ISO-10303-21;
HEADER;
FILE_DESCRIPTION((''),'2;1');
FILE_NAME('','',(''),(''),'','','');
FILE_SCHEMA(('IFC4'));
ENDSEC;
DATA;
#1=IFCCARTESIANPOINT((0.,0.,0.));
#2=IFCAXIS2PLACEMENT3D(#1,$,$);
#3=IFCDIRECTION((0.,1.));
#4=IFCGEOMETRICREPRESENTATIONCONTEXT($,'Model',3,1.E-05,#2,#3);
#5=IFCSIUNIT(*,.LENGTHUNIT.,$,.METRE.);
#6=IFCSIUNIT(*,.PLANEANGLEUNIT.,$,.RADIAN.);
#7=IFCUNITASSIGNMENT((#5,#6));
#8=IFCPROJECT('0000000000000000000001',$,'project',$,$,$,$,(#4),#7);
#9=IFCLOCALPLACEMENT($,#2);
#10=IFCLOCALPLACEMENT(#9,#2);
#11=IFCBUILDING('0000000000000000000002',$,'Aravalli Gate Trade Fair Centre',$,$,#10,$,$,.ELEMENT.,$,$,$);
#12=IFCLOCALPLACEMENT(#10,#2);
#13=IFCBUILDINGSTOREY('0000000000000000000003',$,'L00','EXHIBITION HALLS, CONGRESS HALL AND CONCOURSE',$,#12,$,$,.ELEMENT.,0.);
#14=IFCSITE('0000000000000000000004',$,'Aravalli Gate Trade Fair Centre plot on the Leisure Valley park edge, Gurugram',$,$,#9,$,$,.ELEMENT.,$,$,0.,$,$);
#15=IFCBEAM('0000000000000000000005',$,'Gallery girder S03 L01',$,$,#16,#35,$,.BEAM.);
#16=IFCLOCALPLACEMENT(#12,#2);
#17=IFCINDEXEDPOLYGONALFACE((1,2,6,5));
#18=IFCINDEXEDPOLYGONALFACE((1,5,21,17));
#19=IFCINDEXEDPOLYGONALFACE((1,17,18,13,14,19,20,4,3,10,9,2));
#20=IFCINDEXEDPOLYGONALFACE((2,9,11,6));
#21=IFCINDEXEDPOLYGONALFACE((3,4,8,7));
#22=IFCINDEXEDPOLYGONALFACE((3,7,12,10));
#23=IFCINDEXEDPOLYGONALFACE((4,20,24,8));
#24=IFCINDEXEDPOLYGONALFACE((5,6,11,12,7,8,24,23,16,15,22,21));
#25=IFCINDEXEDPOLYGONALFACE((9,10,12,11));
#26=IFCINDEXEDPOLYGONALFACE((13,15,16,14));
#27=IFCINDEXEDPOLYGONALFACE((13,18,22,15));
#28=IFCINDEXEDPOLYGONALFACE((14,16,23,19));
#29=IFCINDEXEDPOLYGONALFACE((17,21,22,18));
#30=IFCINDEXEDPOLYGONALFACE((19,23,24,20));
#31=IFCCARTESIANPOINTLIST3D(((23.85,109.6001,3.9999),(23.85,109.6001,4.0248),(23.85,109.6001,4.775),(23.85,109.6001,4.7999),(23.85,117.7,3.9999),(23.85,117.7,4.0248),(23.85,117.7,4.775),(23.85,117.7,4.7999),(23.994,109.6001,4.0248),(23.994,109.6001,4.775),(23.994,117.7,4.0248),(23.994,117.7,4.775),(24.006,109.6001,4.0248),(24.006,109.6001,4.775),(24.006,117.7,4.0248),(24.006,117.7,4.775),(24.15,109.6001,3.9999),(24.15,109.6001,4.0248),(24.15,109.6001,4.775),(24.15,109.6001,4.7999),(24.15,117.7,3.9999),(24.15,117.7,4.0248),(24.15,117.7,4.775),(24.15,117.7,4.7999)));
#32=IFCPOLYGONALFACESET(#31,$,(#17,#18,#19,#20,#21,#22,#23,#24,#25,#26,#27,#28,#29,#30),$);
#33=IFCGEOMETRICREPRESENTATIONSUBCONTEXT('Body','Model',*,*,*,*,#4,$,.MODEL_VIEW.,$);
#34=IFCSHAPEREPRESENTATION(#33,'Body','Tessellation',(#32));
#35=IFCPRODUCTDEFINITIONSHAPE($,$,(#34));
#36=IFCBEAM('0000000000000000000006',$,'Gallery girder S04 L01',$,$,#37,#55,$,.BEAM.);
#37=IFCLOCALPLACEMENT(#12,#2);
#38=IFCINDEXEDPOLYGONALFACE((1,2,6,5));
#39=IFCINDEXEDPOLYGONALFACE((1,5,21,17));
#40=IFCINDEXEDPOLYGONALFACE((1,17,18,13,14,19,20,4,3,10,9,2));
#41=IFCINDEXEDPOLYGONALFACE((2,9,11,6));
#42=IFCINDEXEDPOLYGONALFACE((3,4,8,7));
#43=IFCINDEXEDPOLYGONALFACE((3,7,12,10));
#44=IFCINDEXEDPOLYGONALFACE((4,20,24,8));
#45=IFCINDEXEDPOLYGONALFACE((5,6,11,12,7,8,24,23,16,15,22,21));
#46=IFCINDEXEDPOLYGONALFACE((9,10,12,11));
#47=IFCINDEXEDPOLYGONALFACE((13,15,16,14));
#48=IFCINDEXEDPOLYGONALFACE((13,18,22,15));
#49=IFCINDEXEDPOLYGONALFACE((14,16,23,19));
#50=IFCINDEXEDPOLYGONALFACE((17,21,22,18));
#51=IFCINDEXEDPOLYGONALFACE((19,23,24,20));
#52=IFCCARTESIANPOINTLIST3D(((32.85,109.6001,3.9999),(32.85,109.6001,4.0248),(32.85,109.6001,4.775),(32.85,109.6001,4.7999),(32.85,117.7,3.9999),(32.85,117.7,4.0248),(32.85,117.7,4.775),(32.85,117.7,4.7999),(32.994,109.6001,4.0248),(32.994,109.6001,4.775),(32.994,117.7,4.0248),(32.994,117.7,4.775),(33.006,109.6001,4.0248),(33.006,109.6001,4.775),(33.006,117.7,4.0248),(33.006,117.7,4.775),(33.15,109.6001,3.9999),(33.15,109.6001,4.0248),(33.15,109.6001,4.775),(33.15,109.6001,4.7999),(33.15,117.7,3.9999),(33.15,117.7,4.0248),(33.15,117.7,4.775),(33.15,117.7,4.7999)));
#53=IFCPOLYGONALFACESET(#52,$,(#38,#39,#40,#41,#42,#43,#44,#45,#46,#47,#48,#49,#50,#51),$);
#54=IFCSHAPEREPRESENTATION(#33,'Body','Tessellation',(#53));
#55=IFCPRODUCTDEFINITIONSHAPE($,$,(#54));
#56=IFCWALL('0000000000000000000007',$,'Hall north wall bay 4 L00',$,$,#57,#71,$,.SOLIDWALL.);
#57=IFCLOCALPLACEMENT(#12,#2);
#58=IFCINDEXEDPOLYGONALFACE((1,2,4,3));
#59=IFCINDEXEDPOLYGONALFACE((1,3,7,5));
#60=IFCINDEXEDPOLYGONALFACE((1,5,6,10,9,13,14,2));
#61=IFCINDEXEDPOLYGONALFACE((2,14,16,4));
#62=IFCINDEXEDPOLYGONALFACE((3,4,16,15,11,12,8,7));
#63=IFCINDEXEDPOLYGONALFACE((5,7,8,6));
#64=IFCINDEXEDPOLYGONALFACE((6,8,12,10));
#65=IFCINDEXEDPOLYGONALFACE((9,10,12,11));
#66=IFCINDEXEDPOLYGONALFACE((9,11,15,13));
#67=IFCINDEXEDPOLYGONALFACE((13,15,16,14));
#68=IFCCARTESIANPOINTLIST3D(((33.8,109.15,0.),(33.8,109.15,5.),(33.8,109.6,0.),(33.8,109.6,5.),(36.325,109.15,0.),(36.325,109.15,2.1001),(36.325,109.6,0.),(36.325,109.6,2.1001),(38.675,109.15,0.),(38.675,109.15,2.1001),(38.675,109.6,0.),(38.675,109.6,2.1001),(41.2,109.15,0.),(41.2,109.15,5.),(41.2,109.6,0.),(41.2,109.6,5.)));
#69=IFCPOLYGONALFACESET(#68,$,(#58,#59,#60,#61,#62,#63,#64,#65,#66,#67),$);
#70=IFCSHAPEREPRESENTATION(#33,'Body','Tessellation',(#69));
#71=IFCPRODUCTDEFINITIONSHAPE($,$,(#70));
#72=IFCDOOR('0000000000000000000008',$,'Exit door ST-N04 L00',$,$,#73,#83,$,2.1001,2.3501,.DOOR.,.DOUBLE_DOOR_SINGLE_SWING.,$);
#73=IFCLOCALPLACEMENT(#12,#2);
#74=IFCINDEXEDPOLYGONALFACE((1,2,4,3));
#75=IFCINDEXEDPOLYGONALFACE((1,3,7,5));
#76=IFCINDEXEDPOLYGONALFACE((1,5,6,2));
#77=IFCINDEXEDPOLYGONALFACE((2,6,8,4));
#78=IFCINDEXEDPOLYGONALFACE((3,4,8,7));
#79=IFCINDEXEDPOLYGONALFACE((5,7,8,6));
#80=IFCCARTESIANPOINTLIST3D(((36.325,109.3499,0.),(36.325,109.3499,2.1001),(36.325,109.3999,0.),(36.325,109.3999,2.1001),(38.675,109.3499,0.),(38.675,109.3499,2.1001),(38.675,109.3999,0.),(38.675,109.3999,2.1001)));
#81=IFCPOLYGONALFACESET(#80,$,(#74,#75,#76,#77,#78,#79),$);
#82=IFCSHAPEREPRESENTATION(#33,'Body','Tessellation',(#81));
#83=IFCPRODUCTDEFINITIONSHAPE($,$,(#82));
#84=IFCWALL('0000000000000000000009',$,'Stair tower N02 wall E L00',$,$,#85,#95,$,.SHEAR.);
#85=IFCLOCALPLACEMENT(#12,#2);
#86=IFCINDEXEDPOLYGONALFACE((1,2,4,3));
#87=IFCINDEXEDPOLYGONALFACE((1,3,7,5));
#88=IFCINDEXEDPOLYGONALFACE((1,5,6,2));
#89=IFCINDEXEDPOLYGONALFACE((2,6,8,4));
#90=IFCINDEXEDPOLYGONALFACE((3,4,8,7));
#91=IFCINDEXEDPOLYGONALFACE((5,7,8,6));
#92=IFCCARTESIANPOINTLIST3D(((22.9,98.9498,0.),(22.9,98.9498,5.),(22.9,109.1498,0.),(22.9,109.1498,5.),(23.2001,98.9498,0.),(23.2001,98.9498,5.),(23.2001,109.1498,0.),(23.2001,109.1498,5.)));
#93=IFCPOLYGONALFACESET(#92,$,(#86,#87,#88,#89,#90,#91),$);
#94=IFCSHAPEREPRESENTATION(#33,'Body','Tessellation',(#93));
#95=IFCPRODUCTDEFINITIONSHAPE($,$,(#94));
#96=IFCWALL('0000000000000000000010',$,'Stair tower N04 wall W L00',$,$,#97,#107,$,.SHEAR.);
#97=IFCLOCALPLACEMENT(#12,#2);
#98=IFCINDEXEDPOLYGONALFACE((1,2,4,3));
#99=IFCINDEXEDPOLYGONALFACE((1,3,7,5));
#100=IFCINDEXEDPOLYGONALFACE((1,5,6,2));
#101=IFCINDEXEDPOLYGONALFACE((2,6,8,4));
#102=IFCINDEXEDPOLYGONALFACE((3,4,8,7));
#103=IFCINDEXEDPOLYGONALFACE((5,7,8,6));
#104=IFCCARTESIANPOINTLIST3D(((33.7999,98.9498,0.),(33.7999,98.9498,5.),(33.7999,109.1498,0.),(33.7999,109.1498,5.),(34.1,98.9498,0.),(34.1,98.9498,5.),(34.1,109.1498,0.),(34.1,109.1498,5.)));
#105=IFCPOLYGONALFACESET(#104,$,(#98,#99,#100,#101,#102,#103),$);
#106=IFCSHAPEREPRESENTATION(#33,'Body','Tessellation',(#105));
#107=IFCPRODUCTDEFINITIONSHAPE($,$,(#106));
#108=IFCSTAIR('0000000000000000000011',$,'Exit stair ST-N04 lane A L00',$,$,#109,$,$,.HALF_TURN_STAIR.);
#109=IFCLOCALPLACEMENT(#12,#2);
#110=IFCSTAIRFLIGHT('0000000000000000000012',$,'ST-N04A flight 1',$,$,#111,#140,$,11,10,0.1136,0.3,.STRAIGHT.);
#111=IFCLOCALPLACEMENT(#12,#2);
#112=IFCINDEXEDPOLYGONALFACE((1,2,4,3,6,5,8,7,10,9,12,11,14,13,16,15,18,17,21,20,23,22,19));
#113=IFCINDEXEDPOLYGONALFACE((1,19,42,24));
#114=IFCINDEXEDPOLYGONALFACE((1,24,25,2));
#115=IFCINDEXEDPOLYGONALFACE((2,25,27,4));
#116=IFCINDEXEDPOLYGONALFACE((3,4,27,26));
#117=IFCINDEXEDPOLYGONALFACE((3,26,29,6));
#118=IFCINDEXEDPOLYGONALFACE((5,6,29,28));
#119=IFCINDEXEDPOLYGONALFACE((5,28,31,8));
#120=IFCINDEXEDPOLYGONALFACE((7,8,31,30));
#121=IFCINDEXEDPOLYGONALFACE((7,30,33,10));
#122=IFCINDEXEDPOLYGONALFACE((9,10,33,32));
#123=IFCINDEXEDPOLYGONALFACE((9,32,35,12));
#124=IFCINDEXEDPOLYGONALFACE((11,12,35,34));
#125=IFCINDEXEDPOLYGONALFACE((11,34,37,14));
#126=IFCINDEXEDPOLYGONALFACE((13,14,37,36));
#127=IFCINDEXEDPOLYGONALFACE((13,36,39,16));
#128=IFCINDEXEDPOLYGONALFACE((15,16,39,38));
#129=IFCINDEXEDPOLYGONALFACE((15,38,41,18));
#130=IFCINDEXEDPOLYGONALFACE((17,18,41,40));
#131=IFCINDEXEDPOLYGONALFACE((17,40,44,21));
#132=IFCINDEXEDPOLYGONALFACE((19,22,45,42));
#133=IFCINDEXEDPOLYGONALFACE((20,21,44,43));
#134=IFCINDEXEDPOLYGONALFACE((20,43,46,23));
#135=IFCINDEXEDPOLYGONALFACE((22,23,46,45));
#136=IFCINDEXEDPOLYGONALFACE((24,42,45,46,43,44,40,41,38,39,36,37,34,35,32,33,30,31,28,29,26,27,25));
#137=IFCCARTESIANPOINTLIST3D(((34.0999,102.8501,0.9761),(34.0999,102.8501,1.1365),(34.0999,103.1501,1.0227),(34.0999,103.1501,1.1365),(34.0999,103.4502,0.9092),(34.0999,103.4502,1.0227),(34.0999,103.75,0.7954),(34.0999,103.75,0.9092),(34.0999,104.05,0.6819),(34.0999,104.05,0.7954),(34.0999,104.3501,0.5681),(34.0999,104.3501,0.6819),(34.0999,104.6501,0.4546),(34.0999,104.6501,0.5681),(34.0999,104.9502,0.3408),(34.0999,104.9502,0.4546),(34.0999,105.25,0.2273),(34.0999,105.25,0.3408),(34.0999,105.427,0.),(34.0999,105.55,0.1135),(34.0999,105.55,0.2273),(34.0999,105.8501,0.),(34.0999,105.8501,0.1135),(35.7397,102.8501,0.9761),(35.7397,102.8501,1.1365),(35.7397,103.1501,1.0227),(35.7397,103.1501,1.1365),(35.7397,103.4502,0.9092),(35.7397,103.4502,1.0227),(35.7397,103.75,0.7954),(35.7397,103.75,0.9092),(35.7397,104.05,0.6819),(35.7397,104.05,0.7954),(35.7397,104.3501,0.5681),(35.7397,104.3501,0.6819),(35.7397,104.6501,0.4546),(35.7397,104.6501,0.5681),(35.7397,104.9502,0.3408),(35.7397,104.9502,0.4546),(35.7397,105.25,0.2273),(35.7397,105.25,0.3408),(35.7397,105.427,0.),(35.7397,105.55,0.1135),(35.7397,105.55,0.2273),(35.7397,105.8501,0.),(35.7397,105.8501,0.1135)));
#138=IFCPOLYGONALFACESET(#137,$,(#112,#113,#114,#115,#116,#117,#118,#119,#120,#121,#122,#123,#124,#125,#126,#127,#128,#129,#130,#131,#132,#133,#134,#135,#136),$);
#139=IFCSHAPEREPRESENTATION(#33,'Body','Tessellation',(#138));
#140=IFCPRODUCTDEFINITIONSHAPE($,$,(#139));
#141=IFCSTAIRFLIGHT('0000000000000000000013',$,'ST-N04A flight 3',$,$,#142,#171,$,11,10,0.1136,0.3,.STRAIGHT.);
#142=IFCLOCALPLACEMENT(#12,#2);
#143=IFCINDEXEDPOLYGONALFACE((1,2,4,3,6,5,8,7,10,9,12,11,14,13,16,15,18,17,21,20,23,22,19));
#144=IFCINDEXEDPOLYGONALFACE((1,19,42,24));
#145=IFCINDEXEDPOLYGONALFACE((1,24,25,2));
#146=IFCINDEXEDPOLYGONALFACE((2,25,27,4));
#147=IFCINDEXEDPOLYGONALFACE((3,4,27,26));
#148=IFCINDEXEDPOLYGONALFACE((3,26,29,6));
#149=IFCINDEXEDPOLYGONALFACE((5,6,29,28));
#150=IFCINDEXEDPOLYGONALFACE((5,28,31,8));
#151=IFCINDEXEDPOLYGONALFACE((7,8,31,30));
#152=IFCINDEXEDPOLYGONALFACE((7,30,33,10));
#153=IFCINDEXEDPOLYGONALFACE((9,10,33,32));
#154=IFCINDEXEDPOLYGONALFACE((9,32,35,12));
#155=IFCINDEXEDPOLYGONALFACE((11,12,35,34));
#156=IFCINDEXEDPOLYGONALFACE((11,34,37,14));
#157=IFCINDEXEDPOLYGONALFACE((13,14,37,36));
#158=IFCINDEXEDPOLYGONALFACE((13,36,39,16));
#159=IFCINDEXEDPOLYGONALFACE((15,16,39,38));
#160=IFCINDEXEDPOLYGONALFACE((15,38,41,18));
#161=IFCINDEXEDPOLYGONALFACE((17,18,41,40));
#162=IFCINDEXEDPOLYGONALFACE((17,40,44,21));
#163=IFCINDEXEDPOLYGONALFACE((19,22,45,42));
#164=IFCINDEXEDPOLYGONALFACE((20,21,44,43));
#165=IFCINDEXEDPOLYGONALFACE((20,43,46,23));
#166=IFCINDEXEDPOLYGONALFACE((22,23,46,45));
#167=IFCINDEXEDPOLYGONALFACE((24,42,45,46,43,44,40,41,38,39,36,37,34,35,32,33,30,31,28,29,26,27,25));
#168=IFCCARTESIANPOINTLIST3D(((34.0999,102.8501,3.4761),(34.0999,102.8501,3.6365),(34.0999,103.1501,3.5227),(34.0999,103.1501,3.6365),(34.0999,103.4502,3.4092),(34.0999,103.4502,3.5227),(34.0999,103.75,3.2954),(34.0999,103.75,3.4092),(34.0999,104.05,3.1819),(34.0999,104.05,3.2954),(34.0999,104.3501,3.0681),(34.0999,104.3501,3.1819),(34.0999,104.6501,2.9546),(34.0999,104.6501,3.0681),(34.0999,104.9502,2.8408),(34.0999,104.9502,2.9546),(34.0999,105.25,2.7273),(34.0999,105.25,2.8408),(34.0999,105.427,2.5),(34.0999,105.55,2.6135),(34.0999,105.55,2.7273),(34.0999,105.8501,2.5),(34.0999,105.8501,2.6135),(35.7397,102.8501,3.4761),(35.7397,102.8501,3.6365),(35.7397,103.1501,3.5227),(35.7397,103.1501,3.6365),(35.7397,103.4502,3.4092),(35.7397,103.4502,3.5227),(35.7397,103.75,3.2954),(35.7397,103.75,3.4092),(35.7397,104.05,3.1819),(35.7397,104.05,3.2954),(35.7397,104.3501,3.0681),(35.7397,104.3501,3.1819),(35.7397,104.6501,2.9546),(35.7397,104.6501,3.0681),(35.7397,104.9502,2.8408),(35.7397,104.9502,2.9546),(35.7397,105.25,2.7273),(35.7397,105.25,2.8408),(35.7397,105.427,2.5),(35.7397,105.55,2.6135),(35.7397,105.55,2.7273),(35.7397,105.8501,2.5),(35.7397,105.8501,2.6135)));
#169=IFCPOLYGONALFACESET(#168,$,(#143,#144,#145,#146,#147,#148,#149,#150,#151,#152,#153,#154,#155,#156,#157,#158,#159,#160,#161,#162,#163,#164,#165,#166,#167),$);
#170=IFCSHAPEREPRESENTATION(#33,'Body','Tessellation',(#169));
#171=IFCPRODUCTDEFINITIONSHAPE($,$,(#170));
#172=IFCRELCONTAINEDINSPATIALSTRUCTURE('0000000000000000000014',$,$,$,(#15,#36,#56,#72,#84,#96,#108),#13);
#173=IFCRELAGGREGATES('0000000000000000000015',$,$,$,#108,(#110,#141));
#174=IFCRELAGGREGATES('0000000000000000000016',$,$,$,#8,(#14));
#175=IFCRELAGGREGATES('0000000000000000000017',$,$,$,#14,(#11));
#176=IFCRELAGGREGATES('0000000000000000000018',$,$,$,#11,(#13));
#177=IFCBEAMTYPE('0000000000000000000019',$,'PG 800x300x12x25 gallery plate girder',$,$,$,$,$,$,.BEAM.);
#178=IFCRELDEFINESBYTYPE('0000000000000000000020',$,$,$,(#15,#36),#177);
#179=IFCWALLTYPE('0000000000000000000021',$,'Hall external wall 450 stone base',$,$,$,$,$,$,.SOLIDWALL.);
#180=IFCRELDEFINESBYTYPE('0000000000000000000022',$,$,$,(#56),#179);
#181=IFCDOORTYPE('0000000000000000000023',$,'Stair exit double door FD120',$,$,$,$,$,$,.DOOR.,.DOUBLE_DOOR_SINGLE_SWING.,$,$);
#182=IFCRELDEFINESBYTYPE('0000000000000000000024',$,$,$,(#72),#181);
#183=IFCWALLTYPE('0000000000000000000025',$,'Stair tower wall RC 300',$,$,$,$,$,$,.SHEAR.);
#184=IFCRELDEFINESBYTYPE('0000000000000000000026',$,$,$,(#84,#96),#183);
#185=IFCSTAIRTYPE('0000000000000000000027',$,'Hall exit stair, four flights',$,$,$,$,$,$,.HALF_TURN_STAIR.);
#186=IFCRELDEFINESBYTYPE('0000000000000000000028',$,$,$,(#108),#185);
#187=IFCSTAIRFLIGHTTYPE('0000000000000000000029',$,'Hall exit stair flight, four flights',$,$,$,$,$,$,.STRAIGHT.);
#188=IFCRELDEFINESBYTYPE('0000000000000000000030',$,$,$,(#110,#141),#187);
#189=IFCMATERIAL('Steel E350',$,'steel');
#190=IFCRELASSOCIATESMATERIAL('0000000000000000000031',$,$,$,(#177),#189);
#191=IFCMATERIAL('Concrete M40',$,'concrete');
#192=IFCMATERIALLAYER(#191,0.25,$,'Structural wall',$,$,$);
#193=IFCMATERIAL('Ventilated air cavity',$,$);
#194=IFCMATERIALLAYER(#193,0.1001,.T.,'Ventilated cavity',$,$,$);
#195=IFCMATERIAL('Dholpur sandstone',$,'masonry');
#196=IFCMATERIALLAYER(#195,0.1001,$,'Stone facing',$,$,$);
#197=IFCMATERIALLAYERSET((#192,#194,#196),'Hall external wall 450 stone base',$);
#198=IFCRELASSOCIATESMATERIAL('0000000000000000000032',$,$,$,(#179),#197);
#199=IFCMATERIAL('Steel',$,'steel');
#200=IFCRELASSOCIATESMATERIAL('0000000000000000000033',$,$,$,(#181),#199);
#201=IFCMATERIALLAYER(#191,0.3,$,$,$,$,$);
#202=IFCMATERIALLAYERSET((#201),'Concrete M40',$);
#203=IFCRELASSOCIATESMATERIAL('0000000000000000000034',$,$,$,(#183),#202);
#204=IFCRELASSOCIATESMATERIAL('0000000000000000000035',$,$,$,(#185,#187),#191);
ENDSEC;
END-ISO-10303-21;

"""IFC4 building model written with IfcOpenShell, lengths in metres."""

from ifc_helpers import new_model, si_unit, direction, frame, frame_2d, origin, origin_2d, place, context, subcontext, project, spatial, polyline, rectangle, i_section, outline, extrude, material, layer, layer_set, material_profile, profile_set, type_object, element, fill, aggregate, save


model = new_model("IFC4")

# Units and contexts
model_context = context("Model", 3, precision=1e-05, world=origin(), true_north=direction((0.0, 1.0)))
body_context = subcontext(model_context, "Body", "Model", "MODEL_VIEW")
ifc_project = project(units=[si_unit("LENGTHUNIT", "METRE"), si_unit("PLANEANGLEUNIT", "RADIAN")], contexts=[model_context])

# Site, building, storey
site_placement = place(None, origin())
site = spatial("IfcSite", under=ifc_project, at=site_placement, Name="Aravalli Gate Trade Fair Centre plot on the Leisure Valley park edge, Gurugram", CompositionType="ELEMENT", RefElevation=0.0)
building_placement = place(site_placement, origin())
building = spatial("IfcBuilding", under=site, at=building_placement, Name="Aravalli Gate Trade Fair Centre", CompositionType="ELEMENT")
storey_placement = place(building_placement, origin())
storey = spatial("IfcBuildingStorey", under=building, at=storey_placement, Name="L00", Description="EXHIBITION HALLS, CONGRESS HALL AND CONCOURSE", CompositionType="ELEMENT", Elevation=0.0)

# Beams
ifc_material_1 = material(Name="Steel E350", Category="steel")
ifc_material_profile_1 = material_profile(ifc_material_1, i_section(OverallWidth=0.3, OverallDepth=0.8, WebThickness=0.012, FlangeThickness=0.0249, at=origin_2d()), Name="PG 800x300x12x25")
ifc_profile_set_1 = profile_set([ifc_material_profile_1], Name="Steel E350")
beam_type_1 = type_object("IfcBeamType", Name="PG 800x300x12x25 gallery plate girder", PredefinedType="BEAM", material=ifc_profile_set_1)
for number, where, z_axis, x_axis, name in (
    (1, (24.0, 109.6001, 4.3999), (0.0, 1.0, 0.0), (-1.0, 0.0, 0.0), "Gallery girder S03 L01"),
    (2, (33.0, 109.6001, 4.3999), (0.0, 1.0, 0.0), (-1.0, 0.0, 0.0), "Gallery girder S04 L01"),
):
    element("IfcBeam", number, at=place(storey_placement, frame(where, z_axis=z_axis, x_axis=x_axis)), inside=storey, type_object=beam_type_1, Name=name, PredefinedType="BEAM", context=body_context, shape_type="SweptSolid", body=[
        extrude(i_section(OverallWidth=0.3, OverallDepth=0.8, WebThickness=0.012, FlangeThickness=0.0249, at=origin_2d()), origin(), (0.0, 0.0, 1.0), 8.0999),
    ])

# Shared definitions
ifc_material_2 = material(Name="Concrete M40", Category="concrete")
ifc_layer_1 = layer(ifc_material_2, 0.25, Name="Structural wall")
ifc_material_3 = material(Name="Ventilated air cavity")
ifc_layer_2 = layer(ifc_material_3, 0.1001, ventilated=True, Name="Ventilated cavity")
ifc_material_4 = material(Name="Dholpur sandstone", Category="masonry")
ifc_layer_3 = layer(ifc_material_4, 0.1001, Name="Stone facing")
ifc_layer_set_1 = layer_set([ifc_layer_1, ifc_layer_2, ifc_layer_3], Name="Hall external wall 450 stone base")
wall_type_1 = type_object("IfcWallType", Name="Hall external wall 450 stone base", PredefinedType="SOLIDWALL", material=ifc_layer_set_1)
ifc_material_5 = material(Name="Steel", Category="steel")

# Wall, opening, door
wall_1_placement = place(storey_placement, frame((33.8, 109.375, 0.0), z_axis=(0.0, 0.0, 1.0), x_axis=(1.0, 0.0, 0.0)))
wall_1 = element("IfcWall", 3, at=wall_1_placement, inside=storey, type_object=wall_type_1, Name="Hall north wall bay 4 L00", PredefinedType="SOLIDWALL", context=body_context, shape_type="SweptSolid", body=[
    extrude(rectangle(XDim=7.3999, YDim=0.45, at=frame_2d((3.7, 0.0))), origin(), (0.0, 0.0, 1.0), 5.0),
])
opening_1_placement = place(wall_1_placement, frame((2.5249, 0.0, 0.0)))
opening_1 = element("IfcOpeningElement", 4, at=opening_1_placement, cuts=wall_1, PredefinedType="OPENING", context=body_context, shape_type="SweptSolid", body=[
    extrude(rectangle(XDim=2.3501, YDim=2.1001, at=frame_2d((1.175, 1.05))), frame((0.0, 0.2349, 0.0), z_axis=(0.0, -1.0, 0.0), x_axis=(1.0, 0.0, 0.0)), (0.0, 0.0, 1.0), 0.47),
])
door_type_1 = type_object("IfcDoorType", Name="Stair exit double door FD120", OperationType="DOUBLE_DOOR_SINGLE_SWING", PredefinedType="DOOR", material=ifc_material_5)
door_1_placement = place(opening_1_placement, origin())
door_1 = element("IfcDoor", 5, at=door_1_placement, inside=storey, type_object=door_type_1, Name="Exit door ST-N04 L00", OperationType="DOUBLE_DOOR_SINGLE_SWING", OverallHeight=2.1001, OverallWidth=2.3501, PredefinedType="DOOR", context=body_context, shape_type="SweptSolid", body=[
    extrude(rectangle(XDim=2.3501, YDim=2.1001, at=frame_2d((1.175, 1.05))), frame((0.0, 0.0249, 0.0), z_axis=(0.0, -1.0, 0.0), x_axis=(1.0, 0.0, 0.0)), (0.0, 0.0, 1.0), 0.05),
])
fill(opening_1, door_1)

# Walls
ifc_layer_4 = layer(ifc_material_2, 0.3)
ifc_layer_set_2 = layer_set([ifc_layer_4], Name="Concrete M40")
wall_type_2 = type_object("IfcWallType", Name="Stair tower wall RC 300", PredefinedType="SHEAR", material=ifc_layer_set_2)
for number, where, z_axis, x_axis, name in (
    (6, (23.05, 109.1499, 0.0), (0.0, 0.0, 1.0), (0.0, -1.0, 0.0), "Stair tower N02 wall E L00"),
    (7, (33.95, 109.1499, 0.0), (0.0, 0.0, 1.0), (0.0, -1.0, 0.0), "Stair tower N04 wall W L00"),
):
    element("IfcWall", number, at=place(storey_placement, frame(where, z_axis=z_axis, x_axis=x_axis)), inside=storey, type_object=wall_type_2, Name=name, PredefinedType="SHEAR", context=body_context, shape_type="SweptSolid", body=[
        extrude(rectangle(XDim=10.2, YDim=0.3, at=frame_2d((5.1001, 0.0))), origin(), (0.0, 0.0, 1.0), 5.0),
    ])

# Stair, stair flights
stair_type = type_object("IfcStairType", Name="Hall exit stair, four flights", PredefinedType="HALF_TURN_STAIR", material=ifc_material_2)
stair_placement = place(storey_placement, origin())
stair = element("IfcStair", 8, at=stair_placement, inside=storey, type_object=stair_type, Name="Exit stair ST-N04 lane A L00", PredefinedType="HALF_TURN_STAIR")
stair_flight_type = type_object("IfcStairFlightType", Name="Hall exit stair flight, four flights", PredefinedType="STRAIGHT", material=ifc_material_2)
stair_flight_1_placement = place(storey_placement, frame((34.9199, 105.8501, 0.0), z_axis=(0.0, 0.0, 1.0), x_axis=(0.0, -1.0, 0.0)))
stair_flight_1 = element("IfcStairFlight", 9, at=stair_flight_1_placement, type_object=stair_flight_type, Name="ST-N04A flight 1", NumberOfRisers=11, NumberOfTreads=10, PredefinedType="STRAIGHT", RiserHeight=0.1136, TreadLength=0.3, context=body_context, shape_type="SweptSolid", body=[
    extrude(outline(polyline([(0.0, 0.0), (0.0, 0.1135), (0.3, 0.1135), (0.3, 0.2273), (0.6001, 0.2273), (0.6001, 0.3408), (0.8999, 0.3408), (0.8999, 0.4546), (1.2, 0.4546), (1.2, 0.5681), (1.5, 0.5681), (1.5, 0.6819), (1.8, 0.6819), (1.8, 0.7954), (2.1001, 0.7954), (2.1001, 0.9092), (2.3999, 0.9092), (2.3999, 1.0227), (2.7, 1.0227), (2.7, 1.1365), (3.0, 1.1365), (3.0, 1.25), (3.0, 0.9761), (0.4231, 0.0), (0.0, 0.0)])), frame((0.0, 0.8198, 0.0), z_axis=(0.0, -1.0, 0.0), x_axis=(1.0, 0.0, 0.0)), (0.0, 0.0, 1.0), 1.6399),
])
stair_flight_2_placement = place(storey_placement, frame((34.9199, 105.8501, 2.5), z_axis=(0.0, 0.0, 1.0), x_axis=(0.0, -1.0, 0.0)))
stair_flight_2 = element("IfcStairFlight", 10, at=stair_flight_2_placement, type_object=stair_flight_type, Name="ST-N04A flight 3", NumberOfRisers=11, NumberOfTreads=10, PredefinedType="STRAIGHT", RiserHeight=0.1136, TreadLength=0.3, context=body_context, shape_type="SweptSolid", body=[
    extrude(outline(polyline([(0.0, 0.0), (0.0, 0.1135), (0.3, 0.1135), (0.3, 0.2273), (0.6001, 0.2273), (0.6001, 0.3408), (0.8999, 0.3408), (0.8999, 0.4546), (1.2, 0.4546), (1.2, 0.5681), (1.5, 0.5681), (1.5, 0.6819), (1.8, 0.6819), (1.8, 0.7954), (2.1001, 0.7954), (2.1001, 0.9092), (2.3999, 0.9092), (2.3999, 1.0227), (2.7, 1.0227), (2.7, 1.1365), (3.0, 1.1365), (3.0, 1.25), (3.0, 0.9761), (0.4231, 0.0), (0.0, 0.0)])), frame((0.0, 0.8198, 0.0), z_axis=(0.0, -1.0, 0.0), x_axis=(1.0, 0.0, 0.0)), (0.0, 0.0, 1.0), 1.6399),
])
aggregate(stair, [stair_flight_1, stair_flight_2])

save(model, "model.ifc")
